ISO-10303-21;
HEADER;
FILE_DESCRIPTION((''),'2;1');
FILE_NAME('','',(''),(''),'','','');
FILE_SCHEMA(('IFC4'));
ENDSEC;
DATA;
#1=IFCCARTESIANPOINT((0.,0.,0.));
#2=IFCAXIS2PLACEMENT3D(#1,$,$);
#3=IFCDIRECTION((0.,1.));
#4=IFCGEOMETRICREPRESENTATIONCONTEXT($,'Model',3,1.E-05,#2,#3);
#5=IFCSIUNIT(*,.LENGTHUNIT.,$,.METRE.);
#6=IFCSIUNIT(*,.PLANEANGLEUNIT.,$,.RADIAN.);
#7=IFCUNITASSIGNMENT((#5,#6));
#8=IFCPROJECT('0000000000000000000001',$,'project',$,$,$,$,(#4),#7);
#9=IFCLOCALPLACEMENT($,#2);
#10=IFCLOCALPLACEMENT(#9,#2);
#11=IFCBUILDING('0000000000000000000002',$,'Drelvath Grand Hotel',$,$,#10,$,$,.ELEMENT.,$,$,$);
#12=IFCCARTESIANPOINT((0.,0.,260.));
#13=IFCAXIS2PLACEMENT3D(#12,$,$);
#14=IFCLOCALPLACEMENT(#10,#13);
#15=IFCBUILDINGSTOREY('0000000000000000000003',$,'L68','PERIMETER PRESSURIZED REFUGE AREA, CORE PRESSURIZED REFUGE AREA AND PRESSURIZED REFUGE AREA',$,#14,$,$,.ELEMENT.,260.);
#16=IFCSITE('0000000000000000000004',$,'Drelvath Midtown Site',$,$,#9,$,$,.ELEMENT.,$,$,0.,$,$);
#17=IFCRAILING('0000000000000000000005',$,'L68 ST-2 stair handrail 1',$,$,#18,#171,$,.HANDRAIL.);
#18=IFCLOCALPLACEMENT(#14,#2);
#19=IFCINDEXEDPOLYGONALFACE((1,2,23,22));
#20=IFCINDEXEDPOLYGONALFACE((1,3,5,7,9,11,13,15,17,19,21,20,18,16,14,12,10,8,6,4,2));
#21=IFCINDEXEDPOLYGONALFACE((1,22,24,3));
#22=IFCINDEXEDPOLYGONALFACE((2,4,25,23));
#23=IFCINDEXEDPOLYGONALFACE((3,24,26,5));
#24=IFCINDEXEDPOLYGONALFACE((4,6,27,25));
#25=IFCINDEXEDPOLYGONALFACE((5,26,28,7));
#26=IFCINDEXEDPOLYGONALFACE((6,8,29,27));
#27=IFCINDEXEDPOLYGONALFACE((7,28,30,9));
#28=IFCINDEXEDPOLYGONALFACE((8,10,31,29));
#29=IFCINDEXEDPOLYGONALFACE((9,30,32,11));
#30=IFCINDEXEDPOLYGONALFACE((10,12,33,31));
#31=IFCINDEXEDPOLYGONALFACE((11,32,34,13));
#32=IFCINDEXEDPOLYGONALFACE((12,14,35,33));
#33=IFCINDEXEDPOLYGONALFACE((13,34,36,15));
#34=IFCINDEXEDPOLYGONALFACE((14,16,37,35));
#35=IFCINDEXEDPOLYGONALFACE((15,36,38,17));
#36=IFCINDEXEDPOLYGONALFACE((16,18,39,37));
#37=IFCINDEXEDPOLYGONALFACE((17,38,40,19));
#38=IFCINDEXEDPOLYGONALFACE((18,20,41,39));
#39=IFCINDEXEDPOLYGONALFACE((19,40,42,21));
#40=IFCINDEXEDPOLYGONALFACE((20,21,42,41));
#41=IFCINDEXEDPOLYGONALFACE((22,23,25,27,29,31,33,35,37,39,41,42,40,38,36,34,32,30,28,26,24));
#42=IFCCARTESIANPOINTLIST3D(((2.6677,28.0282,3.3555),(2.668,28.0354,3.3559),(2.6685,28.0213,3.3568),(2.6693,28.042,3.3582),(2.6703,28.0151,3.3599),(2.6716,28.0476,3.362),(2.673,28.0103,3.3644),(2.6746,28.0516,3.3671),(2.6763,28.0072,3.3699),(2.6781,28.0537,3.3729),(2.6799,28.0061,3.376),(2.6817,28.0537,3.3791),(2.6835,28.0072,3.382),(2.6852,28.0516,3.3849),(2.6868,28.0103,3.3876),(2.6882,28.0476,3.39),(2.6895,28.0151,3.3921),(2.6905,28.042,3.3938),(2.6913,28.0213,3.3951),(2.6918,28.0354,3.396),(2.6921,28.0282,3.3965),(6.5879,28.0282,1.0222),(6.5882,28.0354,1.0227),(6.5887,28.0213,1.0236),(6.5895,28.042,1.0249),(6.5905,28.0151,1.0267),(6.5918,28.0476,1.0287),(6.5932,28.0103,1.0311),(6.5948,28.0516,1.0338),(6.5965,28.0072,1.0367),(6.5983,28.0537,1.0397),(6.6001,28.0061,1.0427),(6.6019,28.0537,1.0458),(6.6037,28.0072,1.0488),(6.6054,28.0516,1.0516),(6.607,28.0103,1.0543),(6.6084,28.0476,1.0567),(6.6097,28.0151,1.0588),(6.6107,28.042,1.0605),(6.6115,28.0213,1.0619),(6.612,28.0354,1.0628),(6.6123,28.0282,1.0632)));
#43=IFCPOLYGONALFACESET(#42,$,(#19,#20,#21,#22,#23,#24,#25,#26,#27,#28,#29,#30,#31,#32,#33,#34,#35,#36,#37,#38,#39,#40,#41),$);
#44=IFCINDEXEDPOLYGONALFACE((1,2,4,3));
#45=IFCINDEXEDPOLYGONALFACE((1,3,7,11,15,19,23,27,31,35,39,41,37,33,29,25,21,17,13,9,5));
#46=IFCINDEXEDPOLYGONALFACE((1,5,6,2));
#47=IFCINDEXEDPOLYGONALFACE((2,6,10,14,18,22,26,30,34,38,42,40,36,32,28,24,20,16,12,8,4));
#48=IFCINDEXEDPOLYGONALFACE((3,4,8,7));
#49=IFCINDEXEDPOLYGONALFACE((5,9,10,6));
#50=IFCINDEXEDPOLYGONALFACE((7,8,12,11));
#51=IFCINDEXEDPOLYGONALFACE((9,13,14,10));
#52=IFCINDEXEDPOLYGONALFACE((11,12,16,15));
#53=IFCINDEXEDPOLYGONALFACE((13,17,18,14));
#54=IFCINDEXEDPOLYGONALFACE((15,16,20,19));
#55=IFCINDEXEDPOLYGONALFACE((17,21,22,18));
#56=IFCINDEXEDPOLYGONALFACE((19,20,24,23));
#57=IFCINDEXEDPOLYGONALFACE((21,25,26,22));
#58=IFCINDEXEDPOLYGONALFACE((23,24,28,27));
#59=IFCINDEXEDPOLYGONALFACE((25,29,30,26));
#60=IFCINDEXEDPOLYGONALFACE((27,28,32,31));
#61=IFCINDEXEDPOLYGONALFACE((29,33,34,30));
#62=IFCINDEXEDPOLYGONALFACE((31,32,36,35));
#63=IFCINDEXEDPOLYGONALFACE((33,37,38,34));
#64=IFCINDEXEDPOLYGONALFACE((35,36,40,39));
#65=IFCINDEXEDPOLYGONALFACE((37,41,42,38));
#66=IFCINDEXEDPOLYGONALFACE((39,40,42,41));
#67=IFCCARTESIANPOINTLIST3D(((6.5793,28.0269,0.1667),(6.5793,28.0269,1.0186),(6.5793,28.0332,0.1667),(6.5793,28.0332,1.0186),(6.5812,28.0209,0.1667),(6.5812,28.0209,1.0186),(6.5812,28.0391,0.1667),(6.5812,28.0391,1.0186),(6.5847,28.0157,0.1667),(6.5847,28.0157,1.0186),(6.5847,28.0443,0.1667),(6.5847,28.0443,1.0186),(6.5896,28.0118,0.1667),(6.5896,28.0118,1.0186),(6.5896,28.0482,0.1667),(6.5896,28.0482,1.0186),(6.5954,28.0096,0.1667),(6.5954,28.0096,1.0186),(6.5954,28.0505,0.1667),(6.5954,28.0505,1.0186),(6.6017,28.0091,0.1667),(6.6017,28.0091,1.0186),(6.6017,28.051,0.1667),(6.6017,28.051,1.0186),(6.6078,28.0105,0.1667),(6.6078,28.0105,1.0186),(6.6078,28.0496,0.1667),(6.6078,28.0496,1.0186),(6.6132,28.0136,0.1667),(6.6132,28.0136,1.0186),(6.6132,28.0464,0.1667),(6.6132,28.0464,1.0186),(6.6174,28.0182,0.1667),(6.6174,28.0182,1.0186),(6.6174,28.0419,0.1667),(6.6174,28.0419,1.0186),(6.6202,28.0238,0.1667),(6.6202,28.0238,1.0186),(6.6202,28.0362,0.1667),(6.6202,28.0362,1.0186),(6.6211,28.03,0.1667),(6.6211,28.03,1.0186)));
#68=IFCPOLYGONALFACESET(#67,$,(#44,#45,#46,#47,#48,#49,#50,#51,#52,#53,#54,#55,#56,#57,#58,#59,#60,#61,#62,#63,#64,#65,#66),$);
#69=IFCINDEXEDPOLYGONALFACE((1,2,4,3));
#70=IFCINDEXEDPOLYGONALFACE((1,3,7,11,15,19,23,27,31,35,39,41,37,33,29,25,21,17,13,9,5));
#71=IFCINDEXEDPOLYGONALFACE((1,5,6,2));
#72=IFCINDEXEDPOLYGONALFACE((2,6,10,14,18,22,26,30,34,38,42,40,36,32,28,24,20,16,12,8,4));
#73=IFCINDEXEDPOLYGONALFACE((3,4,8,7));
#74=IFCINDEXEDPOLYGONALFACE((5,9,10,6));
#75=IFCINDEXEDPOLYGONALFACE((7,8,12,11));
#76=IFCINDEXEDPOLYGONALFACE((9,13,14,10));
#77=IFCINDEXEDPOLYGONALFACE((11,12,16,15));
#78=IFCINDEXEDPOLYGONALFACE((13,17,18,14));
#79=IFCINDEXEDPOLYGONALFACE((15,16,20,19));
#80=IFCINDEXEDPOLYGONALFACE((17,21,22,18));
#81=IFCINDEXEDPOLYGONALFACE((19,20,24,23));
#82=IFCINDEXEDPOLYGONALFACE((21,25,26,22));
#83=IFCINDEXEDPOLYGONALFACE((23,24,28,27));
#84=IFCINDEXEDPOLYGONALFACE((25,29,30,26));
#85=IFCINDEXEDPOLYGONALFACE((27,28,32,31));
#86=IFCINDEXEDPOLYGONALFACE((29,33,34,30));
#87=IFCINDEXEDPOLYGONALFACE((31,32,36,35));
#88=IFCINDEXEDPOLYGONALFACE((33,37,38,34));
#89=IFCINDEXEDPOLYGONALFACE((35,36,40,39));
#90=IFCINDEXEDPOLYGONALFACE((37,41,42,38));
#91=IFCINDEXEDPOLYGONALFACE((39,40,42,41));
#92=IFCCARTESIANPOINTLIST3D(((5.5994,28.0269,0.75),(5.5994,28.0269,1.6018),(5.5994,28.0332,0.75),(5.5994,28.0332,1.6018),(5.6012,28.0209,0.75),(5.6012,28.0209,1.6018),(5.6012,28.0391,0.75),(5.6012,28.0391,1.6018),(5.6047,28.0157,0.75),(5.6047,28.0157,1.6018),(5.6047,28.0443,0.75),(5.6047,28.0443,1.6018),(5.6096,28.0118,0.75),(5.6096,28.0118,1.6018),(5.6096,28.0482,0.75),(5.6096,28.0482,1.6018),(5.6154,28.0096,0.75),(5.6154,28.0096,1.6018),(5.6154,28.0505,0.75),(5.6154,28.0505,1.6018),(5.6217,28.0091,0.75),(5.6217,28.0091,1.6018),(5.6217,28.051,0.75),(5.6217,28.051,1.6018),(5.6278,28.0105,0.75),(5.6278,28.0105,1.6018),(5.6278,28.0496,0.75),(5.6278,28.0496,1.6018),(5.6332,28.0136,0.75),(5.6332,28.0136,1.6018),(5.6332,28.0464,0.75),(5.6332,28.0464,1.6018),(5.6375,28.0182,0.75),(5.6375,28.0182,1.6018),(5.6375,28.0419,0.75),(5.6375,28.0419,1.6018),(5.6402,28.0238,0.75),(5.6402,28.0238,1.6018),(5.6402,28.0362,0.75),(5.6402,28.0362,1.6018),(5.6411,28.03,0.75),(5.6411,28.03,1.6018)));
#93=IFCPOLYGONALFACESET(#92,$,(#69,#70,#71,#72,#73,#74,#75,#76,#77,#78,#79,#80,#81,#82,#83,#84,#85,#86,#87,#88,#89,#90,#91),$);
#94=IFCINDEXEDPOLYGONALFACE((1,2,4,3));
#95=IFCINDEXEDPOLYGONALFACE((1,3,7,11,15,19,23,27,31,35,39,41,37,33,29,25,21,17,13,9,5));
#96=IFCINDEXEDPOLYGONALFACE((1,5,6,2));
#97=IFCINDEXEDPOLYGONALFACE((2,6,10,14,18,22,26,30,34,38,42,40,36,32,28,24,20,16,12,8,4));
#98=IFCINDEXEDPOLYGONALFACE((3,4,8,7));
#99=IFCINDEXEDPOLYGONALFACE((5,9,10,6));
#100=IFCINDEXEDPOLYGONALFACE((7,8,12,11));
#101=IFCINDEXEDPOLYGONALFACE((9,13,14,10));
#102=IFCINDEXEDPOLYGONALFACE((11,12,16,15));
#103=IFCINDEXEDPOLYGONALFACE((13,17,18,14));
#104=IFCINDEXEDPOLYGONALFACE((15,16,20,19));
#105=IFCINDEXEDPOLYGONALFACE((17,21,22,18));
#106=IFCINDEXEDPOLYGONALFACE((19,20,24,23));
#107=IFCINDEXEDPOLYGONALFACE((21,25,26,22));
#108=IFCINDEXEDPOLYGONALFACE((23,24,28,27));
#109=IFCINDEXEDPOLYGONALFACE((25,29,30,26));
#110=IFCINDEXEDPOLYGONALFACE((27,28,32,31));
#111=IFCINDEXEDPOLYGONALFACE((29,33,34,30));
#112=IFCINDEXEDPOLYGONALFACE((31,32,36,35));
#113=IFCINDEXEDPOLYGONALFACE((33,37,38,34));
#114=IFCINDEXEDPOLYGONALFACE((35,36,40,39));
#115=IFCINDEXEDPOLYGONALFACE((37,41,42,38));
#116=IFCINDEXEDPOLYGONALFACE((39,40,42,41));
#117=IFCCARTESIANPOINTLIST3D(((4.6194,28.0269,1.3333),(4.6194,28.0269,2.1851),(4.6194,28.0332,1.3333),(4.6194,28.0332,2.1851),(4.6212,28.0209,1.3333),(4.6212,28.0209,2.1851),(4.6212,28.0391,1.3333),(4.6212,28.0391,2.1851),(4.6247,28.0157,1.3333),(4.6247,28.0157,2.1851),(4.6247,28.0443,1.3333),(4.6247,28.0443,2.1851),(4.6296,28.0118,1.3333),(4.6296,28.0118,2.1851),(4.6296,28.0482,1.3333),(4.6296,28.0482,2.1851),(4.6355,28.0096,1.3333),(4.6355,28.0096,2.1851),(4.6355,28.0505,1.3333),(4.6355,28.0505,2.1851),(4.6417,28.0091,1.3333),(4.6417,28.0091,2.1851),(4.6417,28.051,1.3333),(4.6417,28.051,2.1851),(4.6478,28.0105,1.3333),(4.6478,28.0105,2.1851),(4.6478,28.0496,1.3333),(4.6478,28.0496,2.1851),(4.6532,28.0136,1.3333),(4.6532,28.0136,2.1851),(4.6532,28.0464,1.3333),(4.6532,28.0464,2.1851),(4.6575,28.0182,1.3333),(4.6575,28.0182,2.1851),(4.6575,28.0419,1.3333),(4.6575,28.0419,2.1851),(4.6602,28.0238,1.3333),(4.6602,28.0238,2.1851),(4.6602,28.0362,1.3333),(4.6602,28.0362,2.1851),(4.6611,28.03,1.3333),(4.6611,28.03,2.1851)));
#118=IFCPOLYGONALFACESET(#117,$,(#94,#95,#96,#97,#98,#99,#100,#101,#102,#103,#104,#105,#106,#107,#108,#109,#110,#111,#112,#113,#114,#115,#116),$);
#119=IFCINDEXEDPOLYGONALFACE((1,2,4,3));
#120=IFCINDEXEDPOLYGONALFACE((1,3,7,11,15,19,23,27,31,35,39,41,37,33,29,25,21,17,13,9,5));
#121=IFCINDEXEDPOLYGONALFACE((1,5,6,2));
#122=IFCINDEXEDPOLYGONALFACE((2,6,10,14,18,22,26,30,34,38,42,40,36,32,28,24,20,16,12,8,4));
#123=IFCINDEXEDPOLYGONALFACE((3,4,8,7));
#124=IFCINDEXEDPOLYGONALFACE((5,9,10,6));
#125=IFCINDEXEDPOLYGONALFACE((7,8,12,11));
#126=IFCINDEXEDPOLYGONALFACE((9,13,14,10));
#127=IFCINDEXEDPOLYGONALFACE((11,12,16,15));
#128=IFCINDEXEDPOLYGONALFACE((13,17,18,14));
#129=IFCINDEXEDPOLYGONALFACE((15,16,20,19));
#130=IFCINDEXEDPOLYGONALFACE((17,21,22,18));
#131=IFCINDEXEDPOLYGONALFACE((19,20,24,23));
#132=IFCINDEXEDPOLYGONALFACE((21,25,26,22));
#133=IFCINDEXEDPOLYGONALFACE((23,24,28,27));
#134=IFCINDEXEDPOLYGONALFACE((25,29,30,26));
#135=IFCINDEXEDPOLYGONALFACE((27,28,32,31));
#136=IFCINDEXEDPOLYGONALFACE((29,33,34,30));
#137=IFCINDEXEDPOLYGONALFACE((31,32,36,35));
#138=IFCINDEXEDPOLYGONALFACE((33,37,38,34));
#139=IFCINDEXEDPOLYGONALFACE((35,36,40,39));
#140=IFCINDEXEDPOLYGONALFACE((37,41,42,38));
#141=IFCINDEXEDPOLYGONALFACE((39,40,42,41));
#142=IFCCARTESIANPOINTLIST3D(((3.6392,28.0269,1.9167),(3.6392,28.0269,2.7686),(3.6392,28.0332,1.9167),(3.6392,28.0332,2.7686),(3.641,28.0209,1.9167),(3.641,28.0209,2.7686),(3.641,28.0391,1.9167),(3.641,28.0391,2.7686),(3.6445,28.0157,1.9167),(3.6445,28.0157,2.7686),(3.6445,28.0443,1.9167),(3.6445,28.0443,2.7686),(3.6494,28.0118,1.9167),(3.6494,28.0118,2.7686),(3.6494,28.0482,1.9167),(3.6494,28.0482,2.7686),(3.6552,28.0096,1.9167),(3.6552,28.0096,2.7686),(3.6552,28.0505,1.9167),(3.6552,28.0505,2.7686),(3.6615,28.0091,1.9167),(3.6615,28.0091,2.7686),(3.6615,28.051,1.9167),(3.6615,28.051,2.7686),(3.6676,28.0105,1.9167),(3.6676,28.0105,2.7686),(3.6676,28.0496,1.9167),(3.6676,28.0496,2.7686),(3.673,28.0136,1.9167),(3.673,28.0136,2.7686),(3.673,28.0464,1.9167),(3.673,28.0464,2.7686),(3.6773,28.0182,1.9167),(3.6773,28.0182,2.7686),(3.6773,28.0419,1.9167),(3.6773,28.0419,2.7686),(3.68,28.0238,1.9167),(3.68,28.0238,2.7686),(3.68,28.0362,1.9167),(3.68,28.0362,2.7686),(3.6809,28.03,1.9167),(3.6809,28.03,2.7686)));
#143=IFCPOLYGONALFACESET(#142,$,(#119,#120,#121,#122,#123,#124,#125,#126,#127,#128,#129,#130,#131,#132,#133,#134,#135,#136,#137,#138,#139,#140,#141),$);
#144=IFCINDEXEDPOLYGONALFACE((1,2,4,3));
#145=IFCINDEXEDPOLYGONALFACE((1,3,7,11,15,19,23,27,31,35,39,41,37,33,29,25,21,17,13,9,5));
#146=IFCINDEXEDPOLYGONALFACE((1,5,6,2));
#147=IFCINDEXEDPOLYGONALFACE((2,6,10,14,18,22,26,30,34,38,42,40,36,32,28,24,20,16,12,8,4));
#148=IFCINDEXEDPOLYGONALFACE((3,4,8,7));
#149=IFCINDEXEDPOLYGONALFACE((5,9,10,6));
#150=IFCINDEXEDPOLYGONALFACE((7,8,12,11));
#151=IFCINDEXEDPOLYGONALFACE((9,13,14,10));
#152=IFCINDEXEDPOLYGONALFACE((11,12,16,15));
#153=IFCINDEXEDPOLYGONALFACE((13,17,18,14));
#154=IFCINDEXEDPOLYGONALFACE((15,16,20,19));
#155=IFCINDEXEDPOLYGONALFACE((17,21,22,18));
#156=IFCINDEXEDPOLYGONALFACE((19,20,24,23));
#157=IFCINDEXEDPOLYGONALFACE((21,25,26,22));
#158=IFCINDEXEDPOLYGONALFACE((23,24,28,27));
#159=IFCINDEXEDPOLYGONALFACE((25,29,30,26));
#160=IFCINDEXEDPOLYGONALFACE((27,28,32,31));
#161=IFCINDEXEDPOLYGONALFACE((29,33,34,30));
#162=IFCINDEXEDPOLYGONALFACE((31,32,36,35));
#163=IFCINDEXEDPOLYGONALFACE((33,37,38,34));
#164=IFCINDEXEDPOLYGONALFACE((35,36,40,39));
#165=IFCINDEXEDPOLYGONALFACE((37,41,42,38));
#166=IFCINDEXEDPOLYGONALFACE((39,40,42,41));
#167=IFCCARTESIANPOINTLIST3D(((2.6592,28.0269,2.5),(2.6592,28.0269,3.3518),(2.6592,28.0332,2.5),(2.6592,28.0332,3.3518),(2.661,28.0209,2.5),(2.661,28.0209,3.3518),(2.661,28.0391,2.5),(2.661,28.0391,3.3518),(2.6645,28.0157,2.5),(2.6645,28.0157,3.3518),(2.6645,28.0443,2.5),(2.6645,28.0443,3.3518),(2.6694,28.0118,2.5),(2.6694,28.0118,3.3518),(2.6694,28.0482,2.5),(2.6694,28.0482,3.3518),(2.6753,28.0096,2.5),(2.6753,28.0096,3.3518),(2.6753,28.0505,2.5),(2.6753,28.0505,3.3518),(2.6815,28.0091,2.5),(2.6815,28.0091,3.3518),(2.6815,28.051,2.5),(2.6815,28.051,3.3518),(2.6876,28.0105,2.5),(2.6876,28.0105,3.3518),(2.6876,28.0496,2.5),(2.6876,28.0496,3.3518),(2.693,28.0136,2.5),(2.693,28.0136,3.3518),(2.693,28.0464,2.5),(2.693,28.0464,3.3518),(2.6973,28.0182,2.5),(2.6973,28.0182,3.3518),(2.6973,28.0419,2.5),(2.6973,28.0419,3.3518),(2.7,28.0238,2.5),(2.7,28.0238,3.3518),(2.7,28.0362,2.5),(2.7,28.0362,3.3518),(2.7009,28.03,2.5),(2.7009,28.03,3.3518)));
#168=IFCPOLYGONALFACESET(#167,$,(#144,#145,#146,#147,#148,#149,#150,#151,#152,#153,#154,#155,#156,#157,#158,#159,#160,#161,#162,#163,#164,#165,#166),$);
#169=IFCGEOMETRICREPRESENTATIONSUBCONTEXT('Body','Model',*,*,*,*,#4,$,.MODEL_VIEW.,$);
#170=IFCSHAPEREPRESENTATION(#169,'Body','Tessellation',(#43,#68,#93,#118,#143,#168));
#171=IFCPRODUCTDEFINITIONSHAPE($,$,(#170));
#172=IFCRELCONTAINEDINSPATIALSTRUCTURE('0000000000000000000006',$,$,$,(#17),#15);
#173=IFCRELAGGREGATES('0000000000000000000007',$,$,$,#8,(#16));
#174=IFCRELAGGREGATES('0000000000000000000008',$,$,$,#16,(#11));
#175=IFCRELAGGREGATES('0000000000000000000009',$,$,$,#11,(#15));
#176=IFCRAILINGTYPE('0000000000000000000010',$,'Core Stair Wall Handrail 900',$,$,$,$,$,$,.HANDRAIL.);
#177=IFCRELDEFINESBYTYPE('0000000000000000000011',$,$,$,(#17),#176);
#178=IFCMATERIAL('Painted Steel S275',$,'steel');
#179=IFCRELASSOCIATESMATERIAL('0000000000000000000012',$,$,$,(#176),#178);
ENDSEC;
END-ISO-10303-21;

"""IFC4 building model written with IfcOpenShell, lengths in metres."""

from ifc_helpers import new_model, si_unit, direction, frame, origin, origin_2d, place, context, subcontext, project, spatial, circle, extrude, material, type_object, element, save


model = new_model("IFC4")

# Units and contexts
model_context = context("Model", 3, precision=1e-05, world=origin(), true_north=direction((0.0, 1.0)))
body_context = subcontext(model_context, "Body", "Model", "MODEL_VIEW")
ifc_project = project(units=[si_unit("LENGTHUNIT", "METRE"), si_unit("PLANEANGLEUNIT", "RADIAN")], contexts=[model_context])

# Site, building, storey
site_placement = place(None, origin())
site = spatial("IfcSite", under=ifc_project, at=site_placement, Name="Drelvath Midtown Site", CompositionType="ELEMENT", RefElevation=0.0)
building_placement = place(site_placement, origin())
building = spatial("IfcBuilding", under=site, at=building_placement, Name="Drelvath Grand Hotel", CompositionType="ELEMENT")
storey_placement = place(building_placement, frame((0.0, 0.0, 260.0)))
storey = spatial("IfcBuildingStorey", under=building, at=storey_placement, Name="L68", Description="PERIMETER PRESSURIZED REFUGE AREA, CORE PRESSURIZED REFUGE AREA AND PRESSURIZED REFUGE AREA", CompositionType="ELEMENT", Elevation=260.0)

# Shared definitions
ifc_material_1 = material(Name="Painted Steel S275", Category="steel")

# Railing
railing_type_1 = type_object("IfcRailingType", Name="Core Stair Wall Handrail 900", PredefinedType="HANDRAIL", material=ifc_material_1)
railing_1_placement = place(storey_placement, frame((6.6001, 28.03, 0.1667)))
element("IfcRailing", 1, at=railing_1_placement, inside=storey, type_object=railing_type_1, Name="L68 ST-2 stair handrail 1", PredefinedType="HANDRAIL", context=body_context, shape_type="SweptSolid", body=[
    extrude(circle(Radius=0.0239, at=origin_2d()), frame((0.0, 0.0, 0.876), z_axis=(-0.85931, 0.0, 0.511455), x_axis=(0.0, -1.0, 0.0)), (0.0, 0.0, 1.0), 4.562),
    extrude(circle(Radius=0.021, at=origin_2d()), origin(), (0.0, 0.0, 1.0), 0.8518),
    extrude(circle(Radius=0.021, at=origin_2d()), frame((-0.98, 0.0, 0.5833)), (0.0, 0.0, 1.0), 0.8518),
    extrude(circle(Radius=0.021, at=origin_2d()), frame((-1.96, 0.0, 1.1665)), (0.0, 0.0, 1.0), 0.8518),
    extrude(circle(Radius=0.021, at=origin_2d()), frame((-2.9402, 0.0, 1.75)), (0.0, 0.0, 1.0), 0.8518),
    extrude(circle(Radius=0.021, at=origin_2d()), frame((-3.9202, 0.0, 2.3333)), (0.0, 0.0, 1.0), 0.8518),
])

save(model, "model.ifc")
